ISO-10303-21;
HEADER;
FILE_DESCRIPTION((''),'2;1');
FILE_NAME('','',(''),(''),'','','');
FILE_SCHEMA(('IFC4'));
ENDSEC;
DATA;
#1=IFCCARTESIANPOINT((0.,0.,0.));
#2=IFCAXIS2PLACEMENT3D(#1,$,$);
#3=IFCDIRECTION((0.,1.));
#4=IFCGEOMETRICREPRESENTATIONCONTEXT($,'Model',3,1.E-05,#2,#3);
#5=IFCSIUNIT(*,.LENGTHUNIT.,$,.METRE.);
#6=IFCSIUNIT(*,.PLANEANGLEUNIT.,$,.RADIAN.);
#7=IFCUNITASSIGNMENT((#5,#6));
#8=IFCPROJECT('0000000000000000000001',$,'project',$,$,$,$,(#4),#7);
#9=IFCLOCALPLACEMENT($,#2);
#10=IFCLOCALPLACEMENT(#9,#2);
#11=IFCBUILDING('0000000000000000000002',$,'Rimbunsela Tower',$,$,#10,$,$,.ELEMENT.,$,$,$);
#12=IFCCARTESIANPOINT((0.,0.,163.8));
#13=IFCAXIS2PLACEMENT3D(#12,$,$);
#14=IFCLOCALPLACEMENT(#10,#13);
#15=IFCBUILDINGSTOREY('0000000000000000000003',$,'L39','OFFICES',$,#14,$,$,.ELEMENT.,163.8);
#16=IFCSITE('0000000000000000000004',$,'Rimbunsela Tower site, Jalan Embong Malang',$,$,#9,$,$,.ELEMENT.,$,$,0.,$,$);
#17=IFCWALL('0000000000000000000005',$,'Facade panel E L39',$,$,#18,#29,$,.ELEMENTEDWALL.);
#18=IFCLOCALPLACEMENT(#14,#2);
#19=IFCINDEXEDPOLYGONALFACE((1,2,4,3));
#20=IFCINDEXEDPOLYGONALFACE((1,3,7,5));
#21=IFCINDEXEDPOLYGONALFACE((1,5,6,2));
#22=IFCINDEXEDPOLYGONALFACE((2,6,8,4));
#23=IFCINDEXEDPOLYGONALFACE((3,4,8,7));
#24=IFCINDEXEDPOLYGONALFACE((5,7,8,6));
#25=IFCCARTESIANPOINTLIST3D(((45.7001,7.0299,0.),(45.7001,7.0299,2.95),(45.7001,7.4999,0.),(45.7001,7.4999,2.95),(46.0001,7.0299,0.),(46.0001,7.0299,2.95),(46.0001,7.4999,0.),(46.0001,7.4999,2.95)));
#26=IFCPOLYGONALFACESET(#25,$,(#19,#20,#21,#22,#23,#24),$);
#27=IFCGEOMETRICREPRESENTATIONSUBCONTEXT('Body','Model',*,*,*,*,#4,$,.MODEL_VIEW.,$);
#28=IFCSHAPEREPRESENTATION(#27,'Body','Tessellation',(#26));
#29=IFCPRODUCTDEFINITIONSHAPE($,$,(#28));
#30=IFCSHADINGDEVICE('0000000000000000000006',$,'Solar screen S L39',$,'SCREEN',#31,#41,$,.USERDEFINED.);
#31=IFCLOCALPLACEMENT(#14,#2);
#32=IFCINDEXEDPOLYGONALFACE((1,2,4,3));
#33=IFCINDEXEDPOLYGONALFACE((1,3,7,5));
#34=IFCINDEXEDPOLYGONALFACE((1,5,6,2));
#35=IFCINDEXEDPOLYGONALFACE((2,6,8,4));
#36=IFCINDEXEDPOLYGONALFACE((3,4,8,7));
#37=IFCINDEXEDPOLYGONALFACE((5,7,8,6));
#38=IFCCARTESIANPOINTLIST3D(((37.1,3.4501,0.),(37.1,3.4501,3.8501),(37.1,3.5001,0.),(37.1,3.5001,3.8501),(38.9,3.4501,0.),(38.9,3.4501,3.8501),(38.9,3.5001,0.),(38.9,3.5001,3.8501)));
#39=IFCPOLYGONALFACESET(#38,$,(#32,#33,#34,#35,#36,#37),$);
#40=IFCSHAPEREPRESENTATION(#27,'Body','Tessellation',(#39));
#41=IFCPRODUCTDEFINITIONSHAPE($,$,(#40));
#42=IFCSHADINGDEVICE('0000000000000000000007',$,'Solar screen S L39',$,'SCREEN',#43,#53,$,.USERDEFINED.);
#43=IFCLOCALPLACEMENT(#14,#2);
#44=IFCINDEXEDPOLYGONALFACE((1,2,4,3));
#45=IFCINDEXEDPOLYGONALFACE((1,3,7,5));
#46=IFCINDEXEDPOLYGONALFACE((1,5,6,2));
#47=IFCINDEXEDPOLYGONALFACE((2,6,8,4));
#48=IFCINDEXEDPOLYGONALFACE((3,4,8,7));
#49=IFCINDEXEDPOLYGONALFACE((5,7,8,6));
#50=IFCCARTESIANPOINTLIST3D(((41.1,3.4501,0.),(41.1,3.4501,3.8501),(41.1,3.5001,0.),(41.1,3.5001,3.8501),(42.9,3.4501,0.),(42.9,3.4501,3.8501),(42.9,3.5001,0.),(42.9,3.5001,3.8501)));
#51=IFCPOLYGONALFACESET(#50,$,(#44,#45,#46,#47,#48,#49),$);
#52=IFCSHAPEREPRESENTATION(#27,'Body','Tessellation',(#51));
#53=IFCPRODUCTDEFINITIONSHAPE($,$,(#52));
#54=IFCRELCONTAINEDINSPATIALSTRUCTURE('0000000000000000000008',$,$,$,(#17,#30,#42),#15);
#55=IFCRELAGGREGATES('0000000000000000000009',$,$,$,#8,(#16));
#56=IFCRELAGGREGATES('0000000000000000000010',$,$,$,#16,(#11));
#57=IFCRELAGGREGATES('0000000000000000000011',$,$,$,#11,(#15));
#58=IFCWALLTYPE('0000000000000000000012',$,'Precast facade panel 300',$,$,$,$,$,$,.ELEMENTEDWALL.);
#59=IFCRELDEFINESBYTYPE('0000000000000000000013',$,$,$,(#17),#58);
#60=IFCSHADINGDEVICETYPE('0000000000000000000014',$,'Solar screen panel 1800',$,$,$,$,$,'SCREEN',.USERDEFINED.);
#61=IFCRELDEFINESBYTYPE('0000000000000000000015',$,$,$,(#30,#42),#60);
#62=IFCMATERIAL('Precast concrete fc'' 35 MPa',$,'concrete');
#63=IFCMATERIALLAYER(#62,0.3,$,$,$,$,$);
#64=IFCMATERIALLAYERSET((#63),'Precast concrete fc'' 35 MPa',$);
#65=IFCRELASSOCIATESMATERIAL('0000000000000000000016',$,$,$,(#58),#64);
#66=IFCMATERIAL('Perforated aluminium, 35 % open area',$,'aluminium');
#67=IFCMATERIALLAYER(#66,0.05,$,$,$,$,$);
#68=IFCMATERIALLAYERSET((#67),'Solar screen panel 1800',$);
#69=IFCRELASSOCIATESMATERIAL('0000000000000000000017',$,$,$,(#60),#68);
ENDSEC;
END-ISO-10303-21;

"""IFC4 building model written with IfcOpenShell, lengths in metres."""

from ifc_helpers import new_model, si_unit, direction, frame, frame_2d, origin, origin_2d, place, context, subcontext, project, spatial, rectangle, extrude, material, layer, layer_set, type_object, element, save


model = new_model("IFC4")

# Units and contexts
model_context = context("Model", 3, precision=1e-05, world=origin(), true_north=direction((0.0, 1.0)))
body_context = subcontext(model_context, "Body", "Model", "MODEL_VIEW")
ifc_project = project(units=[si_unit("LENGTHUNIT", "METRE"), si_unit("PLANEANGLEUNIT", "RADIAN")], contexts=[model_context])

# Site, building, storey
site_placement = place(None, origin())
site = spatial("IfcSite", under=ifc_project, at=site_placement, Name="Rimbunsela Tower site, Jalan Embong Malang", CompositionType="ELEMENT", RefElevation=0.0)
building_placement = place(site_placement, origin())
building = spatial("IfcBuilding", under=site, at=building_placement, Name="Rimbunsela Tower", CompositionType="ELEMENT")
storey_placement = place(building_placement, frame((0.0, 0.0, 163.8)))
storey = spatial("IfcBuildingStorey", under=building, at=storey_placement, Name="L39", Description="OFFICES", CompositionType="ELEMENT", Elevation=163.8)

# Shared definitions
ifc_material_1 = material(Name="Precast concrete fc' 35 MPa", Category="concrete")
ifc_layer_1 = layer(ifc_material_1, 0.3)
ifc_layer_set_1 = layer_set([ifc_layer_1], Name="Precast concrete fc' 35 MPa")
wall_type = type_object("IfcWallType", Name="Precast facade panel 300", PredefinedType="ELEMENTEDWALL", material=ifc_layer_set_1)

# Wall
for number, where, z_axis, x_axis, name in (
    (1, (45.8501, 7.03, 0.0), (0.0, 0.0, 1.0), (0.0, 1.0, 0.0), "Facade panel E L39"),
):
    element("IfcWall", number, at=place(storey_placement, frame(where, z_axis=z_axis, x_axis=x_axis)), inside=storey, type_object=wall_type, Name=name, PredefinedType="ELEMENTEDWALL", context=body_context, shape_type="SweptSolid", body=[
        extrude(rectangle(XDim=0.47, YDim=0.3, at=frame_2d((0.2349, 0.0))), origin(), (0.0, 0.0, 1.0), 2.95),
    ])

# Shading devices
ifc_material_2 = material(Name="Perforated aluminium, 35 % open area", Category="aluminium")
ifc_layer_2 = layer(ifc_material_2, 0.05)
ifc_layer_set_2 = layer_set([ifc_layer_2], Name="Solar screen panel 1800")
shading_device_type = type_object("IfcShadingDeviceType", Name="Solar screen panel 1800", ElementType="SCREEN", PredefinedType="USERDEFINED", material=ifc_layer_set_2)
for number, where, z_axis, x_axis, name in (
    (2, (38.0, 3.4751, 0.0), (0.0, 0.0, 1.0), (1.0, 0.0, 0.0), "Solar screen S L39"),
    (3, (42.0, 3.4751, 0.0), (0.0, 0.0, 1.0), (1.0, 0.0, 0.0), "Solar screen S L39"),
):
    element("IfcShadingDevice", number, at=place(storey_placement, frame(where, z_axis=z_axis, x_axis=x_axis)), inside=storey, type_object=shading_device_type, Name=name, ObjectType="SCREEN", PredefinedType="USERDEFINED", context=body_context, shape_type="SweptSolid", body=[
        extrude(rectangle(XDim=1.8, YDim=0.05, at=origin_2d()), origin(), (0.0, 0.0, 1.0), 3.8501),
    ])

save(model, "model.ifc")
